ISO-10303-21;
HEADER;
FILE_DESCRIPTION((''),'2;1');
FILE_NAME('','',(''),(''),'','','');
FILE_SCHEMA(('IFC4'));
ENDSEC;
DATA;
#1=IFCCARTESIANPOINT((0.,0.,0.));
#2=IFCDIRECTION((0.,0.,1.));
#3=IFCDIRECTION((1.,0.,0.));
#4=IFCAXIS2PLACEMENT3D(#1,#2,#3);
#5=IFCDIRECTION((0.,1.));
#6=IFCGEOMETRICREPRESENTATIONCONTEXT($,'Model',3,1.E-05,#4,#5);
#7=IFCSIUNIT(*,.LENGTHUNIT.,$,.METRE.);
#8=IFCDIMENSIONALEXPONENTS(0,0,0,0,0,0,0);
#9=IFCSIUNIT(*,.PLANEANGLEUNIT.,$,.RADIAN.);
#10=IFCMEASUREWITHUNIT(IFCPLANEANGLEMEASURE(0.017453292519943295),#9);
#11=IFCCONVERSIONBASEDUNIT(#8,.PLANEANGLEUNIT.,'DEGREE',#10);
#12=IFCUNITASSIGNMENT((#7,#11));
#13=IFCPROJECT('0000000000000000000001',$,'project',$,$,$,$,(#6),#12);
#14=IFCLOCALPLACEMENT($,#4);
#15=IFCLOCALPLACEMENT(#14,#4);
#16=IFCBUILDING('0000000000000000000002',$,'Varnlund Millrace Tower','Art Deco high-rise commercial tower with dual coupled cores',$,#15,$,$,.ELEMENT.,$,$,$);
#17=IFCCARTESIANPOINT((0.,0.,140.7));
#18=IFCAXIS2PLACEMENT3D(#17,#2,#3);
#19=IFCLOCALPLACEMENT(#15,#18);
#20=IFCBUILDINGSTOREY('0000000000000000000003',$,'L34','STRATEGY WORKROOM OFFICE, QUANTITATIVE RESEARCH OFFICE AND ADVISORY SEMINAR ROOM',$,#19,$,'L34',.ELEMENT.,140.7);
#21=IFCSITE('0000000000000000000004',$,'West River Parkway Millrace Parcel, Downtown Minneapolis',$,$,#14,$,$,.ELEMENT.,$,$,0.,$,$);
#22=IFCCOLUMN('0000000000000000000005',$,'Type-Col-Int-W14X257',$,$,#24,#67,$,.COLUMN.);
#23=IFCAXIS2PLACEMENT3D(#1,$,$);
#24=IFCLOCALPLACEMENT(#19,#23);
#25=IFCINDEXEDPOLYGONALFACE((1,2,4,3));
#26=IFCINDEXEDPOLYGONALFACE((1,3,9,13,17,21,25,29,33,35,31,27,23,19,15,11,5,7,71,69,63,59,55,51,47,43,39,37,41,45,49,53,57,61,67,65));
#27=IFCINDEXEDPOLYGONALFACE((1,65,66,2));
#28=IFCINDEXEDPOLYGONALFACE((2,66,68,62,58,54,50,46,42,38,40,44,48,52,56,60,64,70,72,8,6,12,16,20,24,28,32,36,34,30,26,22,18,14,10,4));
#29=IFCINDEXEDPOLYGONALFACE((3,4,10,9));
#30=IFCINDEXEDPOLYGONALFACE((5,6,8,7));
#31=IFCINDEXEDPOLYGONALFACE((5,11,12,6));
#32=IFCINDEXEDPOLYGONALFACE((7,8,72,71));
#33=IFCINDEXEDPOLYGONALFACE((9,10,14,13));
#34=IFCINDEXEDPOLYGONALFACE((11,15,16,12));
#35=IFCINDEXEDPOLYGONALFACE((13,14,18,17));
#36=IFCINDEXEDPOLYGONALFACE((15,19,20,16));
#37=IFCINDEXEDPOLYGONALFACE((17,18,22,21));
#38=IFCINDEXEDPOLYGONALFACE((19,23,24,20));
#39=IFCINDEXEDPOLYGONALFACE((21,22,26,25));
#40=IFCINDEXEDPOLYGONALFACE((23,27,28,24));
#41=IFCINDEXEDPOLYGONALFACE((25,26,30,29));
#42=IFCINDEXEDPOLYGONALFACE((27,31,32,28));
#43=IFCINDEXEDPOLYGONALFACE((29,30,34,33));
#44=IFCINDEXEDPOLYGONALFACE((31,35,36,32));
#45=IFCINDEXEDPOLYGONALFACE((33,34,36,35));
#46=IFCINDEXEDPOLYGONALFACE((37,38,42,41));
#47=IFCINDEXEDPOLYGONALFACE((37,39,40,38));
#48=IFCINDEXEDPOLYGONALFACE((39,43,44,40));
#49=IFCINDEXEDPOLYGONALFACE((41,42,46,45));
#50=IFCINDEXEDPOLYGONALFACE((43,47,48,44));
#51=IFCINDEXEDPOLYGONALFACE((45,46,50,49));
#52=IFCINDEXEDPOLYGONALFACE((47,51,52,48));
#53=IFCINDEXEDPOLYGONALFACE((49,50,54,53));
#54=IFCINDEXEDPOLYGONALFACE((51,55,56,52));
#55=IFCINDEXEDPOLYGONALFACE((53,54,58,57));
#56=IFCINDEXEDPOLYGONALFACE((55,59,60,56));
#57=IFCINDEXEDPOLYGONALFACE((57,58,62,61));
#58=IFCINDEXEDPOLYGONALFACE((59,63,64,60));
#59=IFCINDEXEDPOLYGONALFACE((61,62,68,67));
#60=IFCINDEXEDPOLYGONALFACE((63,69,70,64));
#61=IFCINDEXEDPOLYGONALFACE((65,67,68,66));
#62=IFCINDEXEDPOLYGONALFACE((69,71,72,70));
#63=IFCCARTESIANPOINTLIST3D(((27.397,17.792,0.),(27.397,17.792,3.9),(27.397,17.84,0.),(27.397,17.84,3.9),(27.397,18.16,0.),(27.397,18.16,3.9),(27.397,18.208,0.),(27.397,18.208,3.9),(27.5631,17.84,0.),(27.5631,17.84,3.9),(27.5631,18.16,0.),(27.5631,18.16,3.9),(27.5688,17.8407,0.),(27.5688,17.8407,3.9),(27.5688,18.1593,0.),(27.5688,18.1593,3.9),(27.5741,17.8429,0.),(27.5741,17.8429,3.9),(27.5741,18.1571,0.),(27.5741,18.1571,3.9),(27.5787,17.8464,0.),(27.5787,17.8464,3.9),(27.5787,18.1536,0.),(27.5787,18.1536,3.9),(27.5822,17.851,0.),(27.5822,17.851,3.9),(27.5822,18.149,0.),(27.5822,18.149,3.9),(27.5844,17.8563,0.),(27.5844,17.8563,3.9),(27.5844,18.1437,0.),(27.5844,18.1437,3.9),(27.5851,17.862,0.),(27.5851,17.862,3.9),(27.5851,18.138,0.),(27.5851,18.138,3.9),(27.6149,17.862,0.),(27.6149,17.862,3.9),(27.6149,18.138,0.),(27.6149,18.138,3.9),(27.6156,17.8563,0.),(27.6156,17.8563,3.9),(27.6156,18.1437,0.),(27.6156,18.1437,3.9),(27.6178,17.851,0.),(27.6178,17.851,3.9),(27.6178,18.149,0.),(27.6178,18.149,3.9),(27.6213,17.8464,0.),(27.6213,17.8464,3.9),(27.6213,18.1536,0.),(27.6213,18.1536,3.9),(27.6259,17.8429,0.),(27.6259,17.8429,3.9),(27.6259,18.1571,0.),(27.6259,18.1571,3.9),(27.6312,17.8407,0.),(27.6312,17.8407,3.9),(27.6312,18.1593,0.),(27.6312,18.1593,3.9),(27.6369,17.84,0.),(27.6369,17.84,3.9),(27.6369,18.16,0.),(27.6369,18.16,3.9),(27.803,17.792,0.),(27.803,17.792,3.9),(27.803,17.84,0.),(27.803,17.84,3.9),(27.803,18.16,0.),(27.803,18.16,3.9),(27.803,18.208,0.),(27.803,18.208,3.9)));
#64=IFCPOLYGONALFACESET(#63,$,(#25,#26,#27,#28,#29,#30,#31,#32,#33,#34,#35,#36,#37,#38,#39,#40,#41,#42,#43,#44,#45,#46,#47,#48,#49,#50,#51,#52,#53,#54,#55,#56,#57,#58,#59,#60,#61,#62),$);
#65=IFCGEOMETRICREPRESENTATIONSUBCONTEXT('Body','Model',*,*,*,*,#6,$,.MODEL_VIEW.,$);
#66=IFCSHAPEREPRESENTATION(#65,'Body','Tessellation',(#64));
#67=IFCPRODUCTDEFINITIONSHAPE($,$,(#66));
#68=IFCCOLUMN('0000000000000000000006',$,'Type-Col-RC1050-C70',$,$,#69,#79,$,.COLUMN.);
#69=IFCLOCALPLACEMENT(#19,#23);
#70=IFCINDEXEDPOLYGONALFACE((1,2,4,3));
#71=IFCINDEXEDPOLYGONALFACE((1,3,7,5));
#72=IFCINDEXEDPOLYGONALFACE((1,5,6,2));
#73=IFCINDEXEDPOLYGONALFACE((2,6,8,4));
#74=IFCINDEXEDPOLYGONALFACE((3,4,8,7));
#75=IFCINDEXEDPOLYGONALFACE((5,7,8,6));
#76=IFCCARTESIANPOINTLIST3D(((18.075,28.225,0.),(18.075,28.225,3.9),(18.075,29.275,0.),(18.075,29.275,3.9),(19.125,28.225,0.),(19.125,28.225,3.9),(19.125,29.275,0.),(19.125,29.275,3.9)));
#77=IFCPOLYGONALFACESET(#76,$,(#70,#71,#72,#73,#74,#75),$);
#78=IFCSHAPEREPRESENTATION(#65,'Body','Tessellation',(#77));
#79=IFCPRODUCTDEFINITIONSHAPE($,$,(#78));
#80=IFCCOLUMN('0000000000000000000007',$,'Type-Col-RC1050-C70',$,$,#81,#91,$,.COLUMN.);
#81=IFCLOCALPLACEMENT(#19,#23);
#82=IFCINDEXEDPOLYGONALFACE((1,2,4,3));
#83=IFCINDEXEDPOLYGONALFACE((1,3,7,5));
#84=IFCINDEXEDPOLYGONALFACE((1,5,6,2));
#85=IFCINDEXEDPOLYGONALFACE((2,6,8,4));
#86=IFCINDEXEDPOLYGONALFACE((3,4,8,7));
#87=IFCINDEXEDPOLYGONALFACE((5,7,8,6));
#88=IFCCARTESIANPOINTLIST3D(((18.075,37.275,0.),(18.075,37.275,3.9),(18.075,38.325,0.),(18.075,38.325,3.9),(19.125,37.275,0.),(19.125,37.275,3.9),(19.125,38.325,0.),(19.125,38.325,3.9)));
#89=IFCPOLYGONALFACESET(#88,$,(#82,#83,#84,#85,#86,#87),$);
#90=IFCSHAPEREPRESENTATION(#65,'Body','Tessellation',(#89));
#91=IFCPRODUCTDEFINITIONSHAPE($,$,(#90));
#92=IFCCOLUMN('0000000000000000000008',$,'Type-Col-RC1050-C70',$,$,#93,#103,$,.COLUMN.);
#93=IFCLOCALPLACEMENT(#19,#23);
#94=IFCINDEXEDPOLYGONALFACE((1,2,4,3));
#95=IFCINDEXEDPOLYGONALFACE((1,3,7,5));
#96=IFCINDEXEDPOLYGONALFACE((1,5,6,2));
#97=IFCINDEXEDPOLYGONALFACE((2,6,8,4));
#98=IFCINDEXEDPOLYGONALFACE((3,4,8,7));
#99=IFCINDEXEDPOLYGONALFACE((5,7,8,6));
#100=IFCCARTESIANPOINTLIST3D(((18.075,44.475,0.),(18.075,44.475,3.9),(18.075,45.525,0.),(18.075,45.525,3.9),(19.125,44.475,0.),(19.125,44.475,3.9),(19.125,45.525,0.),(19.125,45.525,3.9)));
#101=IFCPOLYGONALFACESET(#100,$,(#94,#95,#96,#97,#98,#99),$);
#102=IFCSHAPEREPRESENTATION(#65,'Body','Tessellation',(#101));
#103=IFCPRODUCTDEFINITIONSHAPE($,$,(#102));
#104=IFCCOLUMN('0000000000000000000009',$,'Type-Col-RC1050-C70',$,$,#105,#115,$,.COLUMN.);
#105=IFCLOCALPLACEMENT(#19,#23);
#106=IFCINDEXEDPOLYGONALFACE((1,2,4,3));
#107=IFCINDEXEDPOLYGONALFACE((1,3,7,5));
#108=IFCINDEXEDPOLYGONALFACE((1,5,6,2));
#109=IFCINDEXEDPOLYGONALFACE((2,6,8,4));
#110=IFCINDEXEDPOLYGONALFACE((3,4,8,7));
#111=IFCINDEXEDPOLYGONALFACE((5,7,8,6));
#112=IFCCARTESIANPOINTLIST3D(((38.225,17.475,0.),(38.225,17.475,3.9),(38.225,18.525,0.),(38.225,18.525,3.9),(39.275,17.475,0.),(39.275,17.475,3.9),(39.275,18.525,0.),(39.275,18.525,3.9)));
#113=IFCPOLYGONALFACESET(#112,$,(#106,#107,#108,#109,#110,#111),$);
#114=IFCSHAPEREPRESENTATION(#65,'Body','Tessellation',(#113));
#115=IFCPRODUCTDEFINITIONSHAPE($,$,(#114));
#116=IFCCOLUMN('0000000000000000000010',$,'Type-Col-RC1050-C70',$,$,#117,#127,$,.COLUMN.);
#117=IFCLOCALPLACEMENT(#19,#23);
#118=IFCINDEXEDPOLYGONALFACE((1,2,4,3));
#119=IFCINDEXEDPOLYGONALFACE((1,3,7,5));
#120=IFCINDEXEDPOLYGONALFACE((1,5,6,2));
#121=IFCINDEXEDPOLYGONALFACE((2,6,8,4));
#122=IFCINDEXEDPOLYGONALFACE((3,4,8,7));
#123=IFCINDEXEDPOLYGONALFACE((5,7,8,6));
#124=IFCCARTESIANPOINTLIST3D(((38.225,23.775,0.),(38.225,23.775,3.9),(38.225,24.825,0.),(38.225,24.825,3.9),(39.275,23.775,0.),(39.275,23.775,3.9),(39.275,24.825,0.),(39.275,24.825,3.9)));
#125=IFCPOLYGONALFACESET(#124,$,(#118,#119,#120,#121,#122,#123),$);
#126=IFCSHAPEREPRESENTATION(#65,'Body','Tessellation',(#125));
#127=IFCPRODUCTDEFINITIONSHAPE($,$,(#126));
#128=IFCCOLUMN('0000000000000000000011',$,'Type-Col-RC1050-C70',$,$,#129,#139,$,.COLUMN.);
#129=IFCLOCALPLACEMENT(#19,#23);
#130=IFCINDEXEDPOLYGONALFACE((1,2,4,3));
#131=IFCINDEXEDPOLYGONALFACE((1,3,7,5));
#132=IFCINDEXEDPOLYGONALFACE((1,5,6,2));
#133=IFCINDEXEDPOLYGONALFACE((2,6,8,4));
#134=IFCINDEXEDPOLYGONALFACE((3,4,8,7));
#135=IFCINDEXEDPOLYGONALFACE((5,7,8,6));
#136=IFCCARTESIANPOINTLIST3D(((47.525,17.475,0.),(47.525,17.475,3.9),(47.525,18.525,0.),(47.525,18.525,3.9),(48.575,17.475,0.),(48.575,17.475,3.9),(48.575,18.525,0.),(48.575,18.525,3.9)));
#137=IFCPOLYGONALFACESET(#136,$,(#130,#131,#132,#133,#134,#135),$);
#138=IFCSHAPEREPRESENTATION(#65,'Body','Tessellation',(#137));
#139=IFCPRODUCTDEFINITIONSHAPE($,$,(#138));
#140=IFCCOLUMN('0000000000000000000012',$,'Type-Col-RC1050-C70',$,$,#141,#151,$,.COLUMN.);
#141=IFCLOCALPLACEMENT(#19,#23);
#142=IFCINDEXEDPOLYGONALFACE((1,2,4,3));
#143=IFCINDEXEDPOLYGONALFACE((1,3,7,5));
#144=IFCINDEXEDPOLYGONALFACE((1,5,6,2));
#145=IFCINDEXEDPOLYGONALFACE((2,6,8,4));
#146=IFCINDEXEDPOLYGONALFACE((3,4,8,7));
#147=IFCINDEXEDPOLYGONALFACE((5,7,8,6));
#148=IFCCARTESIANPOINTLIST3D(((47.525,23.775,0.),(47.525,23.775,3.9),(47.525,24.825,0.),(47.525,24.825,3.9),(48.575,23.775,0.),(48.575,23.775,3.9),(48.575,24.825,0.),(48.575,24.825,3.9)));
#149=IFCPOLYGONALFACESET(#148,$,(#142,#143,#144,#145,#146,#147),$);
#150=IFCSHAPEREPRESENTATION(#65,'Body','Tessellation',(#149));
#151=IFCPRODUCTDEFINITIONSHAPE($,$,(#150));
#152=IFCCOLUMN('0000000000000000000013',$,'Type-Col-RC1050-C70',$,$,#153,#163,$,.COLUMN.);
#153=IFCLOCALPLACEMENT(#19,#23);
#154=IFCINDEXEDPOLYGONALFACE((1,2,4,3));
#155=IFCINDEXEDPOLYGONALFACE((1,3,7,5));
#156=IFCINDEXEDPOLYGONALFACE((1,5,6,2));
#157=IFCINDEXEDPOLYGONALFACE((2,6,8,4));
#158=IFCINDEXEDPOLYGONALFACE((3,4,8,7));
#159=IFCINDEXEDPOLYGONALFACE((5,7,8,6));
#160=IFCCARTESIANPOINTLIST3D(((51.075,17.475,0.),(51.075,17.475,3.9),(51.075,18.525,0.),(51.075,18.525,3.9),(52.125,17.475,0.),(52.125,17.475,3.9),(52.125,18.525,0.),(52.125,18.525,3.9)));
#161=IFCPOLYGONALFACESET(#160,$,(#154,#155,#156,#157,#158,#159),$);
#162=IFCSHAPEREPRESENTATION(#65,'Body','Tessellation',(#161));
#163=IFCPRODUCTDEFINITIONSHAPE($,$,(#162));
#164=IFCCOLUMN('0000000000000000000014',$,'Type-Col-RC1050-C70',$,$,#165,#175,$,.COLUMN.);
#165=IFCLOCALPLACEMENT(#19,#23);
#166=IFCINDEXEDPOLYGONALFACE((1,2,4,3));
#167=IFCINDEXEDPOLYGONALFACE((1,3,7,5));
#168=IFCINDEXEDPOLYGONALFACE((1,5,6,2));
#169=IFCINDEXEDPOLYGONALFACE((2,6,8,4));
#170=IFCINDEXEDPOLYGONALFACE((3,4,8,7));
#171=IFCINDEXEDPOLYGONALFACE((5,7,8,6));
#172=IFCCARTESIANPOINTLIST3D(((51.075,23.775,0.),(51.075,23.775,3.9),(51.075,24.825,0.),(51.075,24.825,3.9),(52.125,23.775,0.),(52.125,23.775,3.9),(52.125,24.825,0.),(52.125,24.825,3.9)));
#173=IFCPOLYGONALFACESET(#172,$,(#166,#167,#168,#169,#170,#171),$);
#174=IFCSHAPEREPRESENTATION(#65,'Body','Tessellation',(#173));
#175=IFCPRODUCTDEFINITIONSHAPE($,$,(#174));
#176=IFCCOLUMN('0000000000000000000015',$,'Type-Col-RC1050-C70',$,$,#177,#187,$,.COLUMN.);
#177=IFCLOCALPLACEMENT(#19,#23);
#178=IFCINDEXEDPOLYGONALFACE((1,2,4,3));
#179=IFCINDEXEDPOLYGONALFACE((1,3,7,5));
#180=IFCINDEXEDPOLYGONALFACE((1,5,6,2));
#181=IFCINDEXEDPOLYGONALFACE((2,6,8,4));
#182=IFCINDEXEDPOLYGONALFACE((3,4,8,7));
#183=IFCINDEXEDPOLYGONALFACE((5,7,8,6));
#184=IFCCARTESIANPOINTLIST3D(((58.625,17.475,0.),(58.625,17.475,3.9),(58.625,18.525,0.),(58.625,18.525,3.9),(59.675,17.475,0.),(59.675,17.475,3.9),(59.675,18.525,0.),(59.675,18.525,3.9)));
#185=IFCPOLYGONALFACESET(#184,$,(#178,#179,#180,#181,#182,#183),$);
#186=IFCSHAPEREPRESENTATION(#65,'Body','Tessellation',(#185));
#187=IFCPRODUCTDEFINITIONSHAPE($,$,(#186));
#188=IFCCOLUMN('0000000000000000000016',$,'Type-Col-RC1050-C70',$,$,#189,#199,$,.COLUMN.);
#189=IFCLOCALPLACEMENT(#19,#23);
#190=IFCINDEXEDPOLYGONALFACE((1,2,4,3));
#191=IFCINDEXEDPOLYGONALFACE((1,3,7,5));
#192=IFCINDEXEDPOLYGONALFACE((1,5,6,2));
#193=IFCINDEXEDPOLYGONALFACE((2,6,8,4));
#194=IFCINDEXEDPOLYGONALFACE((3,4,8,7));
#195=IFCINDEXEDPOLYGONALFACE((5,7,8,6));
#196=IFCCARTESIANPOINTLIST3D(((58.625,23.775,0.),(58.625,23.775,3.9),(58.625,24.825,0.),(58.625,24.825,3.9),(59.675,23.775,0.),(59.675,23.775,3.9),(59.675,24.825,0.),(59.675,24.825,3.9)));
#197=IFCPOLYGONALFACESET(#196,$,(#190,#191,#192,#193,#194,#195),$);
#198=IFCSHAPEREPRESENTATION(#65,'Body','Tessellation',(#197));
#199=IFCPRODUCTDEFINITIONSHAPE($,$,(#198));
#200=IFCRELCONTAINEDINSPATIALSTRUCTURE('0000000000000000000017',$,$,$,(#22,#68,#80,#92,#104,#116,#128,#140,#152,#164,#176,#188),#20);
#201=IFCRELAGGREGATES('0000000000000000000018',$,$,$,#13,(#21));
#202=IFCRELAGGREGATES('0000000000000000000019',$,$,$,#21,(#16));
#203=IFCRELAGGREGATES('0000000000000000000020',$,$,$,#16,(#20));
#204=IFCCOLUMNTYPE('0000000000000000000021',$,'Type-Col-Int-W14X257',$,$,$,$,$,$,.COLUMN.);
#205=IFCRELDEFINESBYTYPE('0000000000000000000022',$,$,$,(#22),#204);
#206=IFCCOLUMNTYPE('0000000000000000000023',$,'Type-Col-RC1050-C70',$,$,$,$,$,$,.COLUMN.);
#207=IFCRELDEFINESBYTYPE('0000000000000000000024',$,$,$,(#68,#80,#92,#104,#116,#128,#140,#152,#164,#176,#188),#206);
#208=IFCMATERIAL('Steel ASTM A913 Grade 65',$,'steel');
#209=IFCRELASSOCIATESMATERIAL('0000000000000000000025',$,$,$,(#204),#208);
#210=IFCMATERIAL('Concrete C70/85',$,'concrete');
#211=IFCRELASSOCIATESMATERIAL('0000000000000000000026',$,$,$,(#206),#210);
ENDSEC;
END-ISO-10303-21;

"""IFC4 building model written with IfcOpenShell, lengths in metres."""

from ifc_helpers import new_model, entity, si_unit, converted_unit, direction, frame, origin_with_axes, origin_2d_with_axis, place, context, subcontext, project, spatial, rectangle, i_section, extrude, material, material_profile, profile_set, type_object, element, save


model = new_model("IFC4")

# Units and contexts
model_context = context("Model", 3, precision=1e-05, world=origin_with_axes(), true_north=direction((0.0, 1.0)))
body_context = subcontext(model_context, "Body", "Model", "MODEL_VIEW")
ifc_project = project(units=[si_unit("LENGTHUNIT", "METRE"), converted_unit("PLANEANGLEUNIT", "DEGREE", entity("IfcPlaneAngleMeasure", 0.017453292519943295), si_unit("PLANEANGLEUNIT", "RADIAN"), dimensions=[0, 0, 0, 0, 0, 0, 0])], contexts=[model_context])

# Site, building, storey
site_placement = place(None, origin_with_axes())
site = spatial("IfcSite", under=ifc_project, at=site_placement, Name="West River Parkway Millrace Parcel, Downtown Minneapolis", CompositionType="ELEMENT", RefElevation=0.0)
building_placement = place(site_placement, origin_with_axes())
building = spatial("IfcBuilding", under=site, at=building_placement, Name="Varnlund Millrace Tower", Description="Art Deco high-rise commercial tower with dual coupled cores", CompositionType="ELEMENT")
storey_placement = place(building_placement, frame((0.0, 0.0, 140.7), z_axis=(0.0, 0.0, 1.0), x_axis=(1.0, 0.0, 0.0)))
storey = spatial("IfcBuildingStorey", under=building, at=storey_placement, Name="L34", Description="STRATEGY WORKROOM OFFICE, QUANTITATIVE RESEARCH OFFICE AND ADVISORY SEMINAR ROOM", LongName="L34", CompositionType="ELEMENT", Elevation=140.7)

# Columns
ifc_material_1 = material(Name="Steel ASTM A913 Grade 65", Category="steel")
ifc_material_profile_1 = material_profile(ifc_material_1, i_section(OverallWidth=0.406, OverallDepth=0.416, WebThickness=0.0298, FlangeThickness=0.048, FilletRadius=0.022, at=origin_2d_with_axis()), Name="Steel ASTM A913 Grade 65")
ifc_profile_set_1 = profile_set([ifc_material_profile_1], Name="Steel ASTM A913 Grade 65")
column_type_1 = type_object("IfcColumnType", Name="Type-Col-Int-W14X257", PredefinedType="COLUMN", material=ifc_profile_set_1)
column_placement = place(storey_placement, frame((27.6, 18.0, 0.0), z_axis=(0.0, 0.0, 1.0), x_axis=(1.0, 0.0, 0.0)))
element("IfcColumn", 1, at=column_placement, inside=storey, type_object=column_type_1, Name="Type-Col-Int-W14X257", PredefinedType="COLUMN", context=body_context, shape_type="SweptSolid", body=[
    extrude(i_section(OverallWidth=0.406, OverallDepth=0.416, WebThickness=0.0298, FlangeThickness=0.048, FilletRadius=0.022, at=origin_2d_with_axis()), origin_with_axes(), (0.0, 0.0, 1.0), 3.9),
])
ifc_material_2 = material(Name="Concrete C70/85", Category="concrete")
ifc_material_profile_2 = material_profile(ifc_material_2, rectangle(XDim=1.05, YDim=1.05, at=origin_2d_with_axis()), Name="Concrete C70/85")
ifc_profile_set_2 = profile_set([ifc_material_profile_2], Name="Concrete C70/85")
column_type_2 = type_object("IfcColumnType", Name="Type-Col-RC1050-C70", PredefinedType="COLUMN", material=ifc_profile_set_2)
for number, where, z_axis, x_axis, name in (
    (2, (18.6, 28.75, 0.0), (0.0, 0.0, 1.0), (1.0, 0.0, 0.0), "Type-Col-RC1050-C70"),
    (3, (18.6, 37.8, 0.0), (0.0, 0.0, 1.0), (1.0, 0.0, 0.0), "Type-Col-RC1050-C70"),
    (4, (18.6, 45.0, 0.0), (0.0, 0.0, 1.0), (1.0, 0.0, 0.0), "Type-Col-RC1050-C70"),
    (5, (38.75, 18.0, 0.0), (0.0, 0.0, 1.0), (1.0, 0.0, 0.0), "Type-Col-RC1050-C70"),
    (6, (38.75, 24.3, 0.0), (0.0, 0.0, 1.0), (1.0, 0.0, 0.0), "Type-Col-RC1050-C70"),
    (7, (48.05, 18.0, 0.0), (0.0, 0.0, 1.0), (1.0, 0.0, 0.0), "Type-Col-RC1050-C70"),
    (8, (48.05, 24.3, 0.0), (0.0, 0.0, 1.0), (1.0, 0.0, 0.0), "Type-Col-RC1050-C70"),
    (9, (51.6, 18.0, 0.0), (0.0, 0.0, 1.0), (1.0, 0.0, 0.0), "Type-Col-RC1050-C70"),
    (10, (51.6, 24.3, 0.0), (0.0, 0.0, 1.0), (1.0, 0.0, 0.0), "Type-Col-RC1050-C70"),
    (11, (59.15, 18.0, 0.0), (0.0, 0.0, 1.0), (1.0, 0.0, 0.0), "Type-Col-RC1050-C70"),
    (12, (59.15, 24.3, 0.0), (0.0, 0.0, 1.0), (1.0, 0.0, 0.0), "Type-Col-RC1050-C70"),
):
    element("IfcColumn", number, at=place(storey_placement, frame(where, z_axis=z_axis, x_axis=x_axis)), inside=storey, type_object=column_type_2, Name=name, PredefinedType="COLUMN", context=body_context, shape_type="SweptSolid", body=[
        extrude(rectangle(XDim=1.05, YDim=1.05, at=origin_2d_with_axis()), origin_with_axes(), (0.0, 0.0, 1.0), 3.9),
    ])

save(model, "model.ifc")
